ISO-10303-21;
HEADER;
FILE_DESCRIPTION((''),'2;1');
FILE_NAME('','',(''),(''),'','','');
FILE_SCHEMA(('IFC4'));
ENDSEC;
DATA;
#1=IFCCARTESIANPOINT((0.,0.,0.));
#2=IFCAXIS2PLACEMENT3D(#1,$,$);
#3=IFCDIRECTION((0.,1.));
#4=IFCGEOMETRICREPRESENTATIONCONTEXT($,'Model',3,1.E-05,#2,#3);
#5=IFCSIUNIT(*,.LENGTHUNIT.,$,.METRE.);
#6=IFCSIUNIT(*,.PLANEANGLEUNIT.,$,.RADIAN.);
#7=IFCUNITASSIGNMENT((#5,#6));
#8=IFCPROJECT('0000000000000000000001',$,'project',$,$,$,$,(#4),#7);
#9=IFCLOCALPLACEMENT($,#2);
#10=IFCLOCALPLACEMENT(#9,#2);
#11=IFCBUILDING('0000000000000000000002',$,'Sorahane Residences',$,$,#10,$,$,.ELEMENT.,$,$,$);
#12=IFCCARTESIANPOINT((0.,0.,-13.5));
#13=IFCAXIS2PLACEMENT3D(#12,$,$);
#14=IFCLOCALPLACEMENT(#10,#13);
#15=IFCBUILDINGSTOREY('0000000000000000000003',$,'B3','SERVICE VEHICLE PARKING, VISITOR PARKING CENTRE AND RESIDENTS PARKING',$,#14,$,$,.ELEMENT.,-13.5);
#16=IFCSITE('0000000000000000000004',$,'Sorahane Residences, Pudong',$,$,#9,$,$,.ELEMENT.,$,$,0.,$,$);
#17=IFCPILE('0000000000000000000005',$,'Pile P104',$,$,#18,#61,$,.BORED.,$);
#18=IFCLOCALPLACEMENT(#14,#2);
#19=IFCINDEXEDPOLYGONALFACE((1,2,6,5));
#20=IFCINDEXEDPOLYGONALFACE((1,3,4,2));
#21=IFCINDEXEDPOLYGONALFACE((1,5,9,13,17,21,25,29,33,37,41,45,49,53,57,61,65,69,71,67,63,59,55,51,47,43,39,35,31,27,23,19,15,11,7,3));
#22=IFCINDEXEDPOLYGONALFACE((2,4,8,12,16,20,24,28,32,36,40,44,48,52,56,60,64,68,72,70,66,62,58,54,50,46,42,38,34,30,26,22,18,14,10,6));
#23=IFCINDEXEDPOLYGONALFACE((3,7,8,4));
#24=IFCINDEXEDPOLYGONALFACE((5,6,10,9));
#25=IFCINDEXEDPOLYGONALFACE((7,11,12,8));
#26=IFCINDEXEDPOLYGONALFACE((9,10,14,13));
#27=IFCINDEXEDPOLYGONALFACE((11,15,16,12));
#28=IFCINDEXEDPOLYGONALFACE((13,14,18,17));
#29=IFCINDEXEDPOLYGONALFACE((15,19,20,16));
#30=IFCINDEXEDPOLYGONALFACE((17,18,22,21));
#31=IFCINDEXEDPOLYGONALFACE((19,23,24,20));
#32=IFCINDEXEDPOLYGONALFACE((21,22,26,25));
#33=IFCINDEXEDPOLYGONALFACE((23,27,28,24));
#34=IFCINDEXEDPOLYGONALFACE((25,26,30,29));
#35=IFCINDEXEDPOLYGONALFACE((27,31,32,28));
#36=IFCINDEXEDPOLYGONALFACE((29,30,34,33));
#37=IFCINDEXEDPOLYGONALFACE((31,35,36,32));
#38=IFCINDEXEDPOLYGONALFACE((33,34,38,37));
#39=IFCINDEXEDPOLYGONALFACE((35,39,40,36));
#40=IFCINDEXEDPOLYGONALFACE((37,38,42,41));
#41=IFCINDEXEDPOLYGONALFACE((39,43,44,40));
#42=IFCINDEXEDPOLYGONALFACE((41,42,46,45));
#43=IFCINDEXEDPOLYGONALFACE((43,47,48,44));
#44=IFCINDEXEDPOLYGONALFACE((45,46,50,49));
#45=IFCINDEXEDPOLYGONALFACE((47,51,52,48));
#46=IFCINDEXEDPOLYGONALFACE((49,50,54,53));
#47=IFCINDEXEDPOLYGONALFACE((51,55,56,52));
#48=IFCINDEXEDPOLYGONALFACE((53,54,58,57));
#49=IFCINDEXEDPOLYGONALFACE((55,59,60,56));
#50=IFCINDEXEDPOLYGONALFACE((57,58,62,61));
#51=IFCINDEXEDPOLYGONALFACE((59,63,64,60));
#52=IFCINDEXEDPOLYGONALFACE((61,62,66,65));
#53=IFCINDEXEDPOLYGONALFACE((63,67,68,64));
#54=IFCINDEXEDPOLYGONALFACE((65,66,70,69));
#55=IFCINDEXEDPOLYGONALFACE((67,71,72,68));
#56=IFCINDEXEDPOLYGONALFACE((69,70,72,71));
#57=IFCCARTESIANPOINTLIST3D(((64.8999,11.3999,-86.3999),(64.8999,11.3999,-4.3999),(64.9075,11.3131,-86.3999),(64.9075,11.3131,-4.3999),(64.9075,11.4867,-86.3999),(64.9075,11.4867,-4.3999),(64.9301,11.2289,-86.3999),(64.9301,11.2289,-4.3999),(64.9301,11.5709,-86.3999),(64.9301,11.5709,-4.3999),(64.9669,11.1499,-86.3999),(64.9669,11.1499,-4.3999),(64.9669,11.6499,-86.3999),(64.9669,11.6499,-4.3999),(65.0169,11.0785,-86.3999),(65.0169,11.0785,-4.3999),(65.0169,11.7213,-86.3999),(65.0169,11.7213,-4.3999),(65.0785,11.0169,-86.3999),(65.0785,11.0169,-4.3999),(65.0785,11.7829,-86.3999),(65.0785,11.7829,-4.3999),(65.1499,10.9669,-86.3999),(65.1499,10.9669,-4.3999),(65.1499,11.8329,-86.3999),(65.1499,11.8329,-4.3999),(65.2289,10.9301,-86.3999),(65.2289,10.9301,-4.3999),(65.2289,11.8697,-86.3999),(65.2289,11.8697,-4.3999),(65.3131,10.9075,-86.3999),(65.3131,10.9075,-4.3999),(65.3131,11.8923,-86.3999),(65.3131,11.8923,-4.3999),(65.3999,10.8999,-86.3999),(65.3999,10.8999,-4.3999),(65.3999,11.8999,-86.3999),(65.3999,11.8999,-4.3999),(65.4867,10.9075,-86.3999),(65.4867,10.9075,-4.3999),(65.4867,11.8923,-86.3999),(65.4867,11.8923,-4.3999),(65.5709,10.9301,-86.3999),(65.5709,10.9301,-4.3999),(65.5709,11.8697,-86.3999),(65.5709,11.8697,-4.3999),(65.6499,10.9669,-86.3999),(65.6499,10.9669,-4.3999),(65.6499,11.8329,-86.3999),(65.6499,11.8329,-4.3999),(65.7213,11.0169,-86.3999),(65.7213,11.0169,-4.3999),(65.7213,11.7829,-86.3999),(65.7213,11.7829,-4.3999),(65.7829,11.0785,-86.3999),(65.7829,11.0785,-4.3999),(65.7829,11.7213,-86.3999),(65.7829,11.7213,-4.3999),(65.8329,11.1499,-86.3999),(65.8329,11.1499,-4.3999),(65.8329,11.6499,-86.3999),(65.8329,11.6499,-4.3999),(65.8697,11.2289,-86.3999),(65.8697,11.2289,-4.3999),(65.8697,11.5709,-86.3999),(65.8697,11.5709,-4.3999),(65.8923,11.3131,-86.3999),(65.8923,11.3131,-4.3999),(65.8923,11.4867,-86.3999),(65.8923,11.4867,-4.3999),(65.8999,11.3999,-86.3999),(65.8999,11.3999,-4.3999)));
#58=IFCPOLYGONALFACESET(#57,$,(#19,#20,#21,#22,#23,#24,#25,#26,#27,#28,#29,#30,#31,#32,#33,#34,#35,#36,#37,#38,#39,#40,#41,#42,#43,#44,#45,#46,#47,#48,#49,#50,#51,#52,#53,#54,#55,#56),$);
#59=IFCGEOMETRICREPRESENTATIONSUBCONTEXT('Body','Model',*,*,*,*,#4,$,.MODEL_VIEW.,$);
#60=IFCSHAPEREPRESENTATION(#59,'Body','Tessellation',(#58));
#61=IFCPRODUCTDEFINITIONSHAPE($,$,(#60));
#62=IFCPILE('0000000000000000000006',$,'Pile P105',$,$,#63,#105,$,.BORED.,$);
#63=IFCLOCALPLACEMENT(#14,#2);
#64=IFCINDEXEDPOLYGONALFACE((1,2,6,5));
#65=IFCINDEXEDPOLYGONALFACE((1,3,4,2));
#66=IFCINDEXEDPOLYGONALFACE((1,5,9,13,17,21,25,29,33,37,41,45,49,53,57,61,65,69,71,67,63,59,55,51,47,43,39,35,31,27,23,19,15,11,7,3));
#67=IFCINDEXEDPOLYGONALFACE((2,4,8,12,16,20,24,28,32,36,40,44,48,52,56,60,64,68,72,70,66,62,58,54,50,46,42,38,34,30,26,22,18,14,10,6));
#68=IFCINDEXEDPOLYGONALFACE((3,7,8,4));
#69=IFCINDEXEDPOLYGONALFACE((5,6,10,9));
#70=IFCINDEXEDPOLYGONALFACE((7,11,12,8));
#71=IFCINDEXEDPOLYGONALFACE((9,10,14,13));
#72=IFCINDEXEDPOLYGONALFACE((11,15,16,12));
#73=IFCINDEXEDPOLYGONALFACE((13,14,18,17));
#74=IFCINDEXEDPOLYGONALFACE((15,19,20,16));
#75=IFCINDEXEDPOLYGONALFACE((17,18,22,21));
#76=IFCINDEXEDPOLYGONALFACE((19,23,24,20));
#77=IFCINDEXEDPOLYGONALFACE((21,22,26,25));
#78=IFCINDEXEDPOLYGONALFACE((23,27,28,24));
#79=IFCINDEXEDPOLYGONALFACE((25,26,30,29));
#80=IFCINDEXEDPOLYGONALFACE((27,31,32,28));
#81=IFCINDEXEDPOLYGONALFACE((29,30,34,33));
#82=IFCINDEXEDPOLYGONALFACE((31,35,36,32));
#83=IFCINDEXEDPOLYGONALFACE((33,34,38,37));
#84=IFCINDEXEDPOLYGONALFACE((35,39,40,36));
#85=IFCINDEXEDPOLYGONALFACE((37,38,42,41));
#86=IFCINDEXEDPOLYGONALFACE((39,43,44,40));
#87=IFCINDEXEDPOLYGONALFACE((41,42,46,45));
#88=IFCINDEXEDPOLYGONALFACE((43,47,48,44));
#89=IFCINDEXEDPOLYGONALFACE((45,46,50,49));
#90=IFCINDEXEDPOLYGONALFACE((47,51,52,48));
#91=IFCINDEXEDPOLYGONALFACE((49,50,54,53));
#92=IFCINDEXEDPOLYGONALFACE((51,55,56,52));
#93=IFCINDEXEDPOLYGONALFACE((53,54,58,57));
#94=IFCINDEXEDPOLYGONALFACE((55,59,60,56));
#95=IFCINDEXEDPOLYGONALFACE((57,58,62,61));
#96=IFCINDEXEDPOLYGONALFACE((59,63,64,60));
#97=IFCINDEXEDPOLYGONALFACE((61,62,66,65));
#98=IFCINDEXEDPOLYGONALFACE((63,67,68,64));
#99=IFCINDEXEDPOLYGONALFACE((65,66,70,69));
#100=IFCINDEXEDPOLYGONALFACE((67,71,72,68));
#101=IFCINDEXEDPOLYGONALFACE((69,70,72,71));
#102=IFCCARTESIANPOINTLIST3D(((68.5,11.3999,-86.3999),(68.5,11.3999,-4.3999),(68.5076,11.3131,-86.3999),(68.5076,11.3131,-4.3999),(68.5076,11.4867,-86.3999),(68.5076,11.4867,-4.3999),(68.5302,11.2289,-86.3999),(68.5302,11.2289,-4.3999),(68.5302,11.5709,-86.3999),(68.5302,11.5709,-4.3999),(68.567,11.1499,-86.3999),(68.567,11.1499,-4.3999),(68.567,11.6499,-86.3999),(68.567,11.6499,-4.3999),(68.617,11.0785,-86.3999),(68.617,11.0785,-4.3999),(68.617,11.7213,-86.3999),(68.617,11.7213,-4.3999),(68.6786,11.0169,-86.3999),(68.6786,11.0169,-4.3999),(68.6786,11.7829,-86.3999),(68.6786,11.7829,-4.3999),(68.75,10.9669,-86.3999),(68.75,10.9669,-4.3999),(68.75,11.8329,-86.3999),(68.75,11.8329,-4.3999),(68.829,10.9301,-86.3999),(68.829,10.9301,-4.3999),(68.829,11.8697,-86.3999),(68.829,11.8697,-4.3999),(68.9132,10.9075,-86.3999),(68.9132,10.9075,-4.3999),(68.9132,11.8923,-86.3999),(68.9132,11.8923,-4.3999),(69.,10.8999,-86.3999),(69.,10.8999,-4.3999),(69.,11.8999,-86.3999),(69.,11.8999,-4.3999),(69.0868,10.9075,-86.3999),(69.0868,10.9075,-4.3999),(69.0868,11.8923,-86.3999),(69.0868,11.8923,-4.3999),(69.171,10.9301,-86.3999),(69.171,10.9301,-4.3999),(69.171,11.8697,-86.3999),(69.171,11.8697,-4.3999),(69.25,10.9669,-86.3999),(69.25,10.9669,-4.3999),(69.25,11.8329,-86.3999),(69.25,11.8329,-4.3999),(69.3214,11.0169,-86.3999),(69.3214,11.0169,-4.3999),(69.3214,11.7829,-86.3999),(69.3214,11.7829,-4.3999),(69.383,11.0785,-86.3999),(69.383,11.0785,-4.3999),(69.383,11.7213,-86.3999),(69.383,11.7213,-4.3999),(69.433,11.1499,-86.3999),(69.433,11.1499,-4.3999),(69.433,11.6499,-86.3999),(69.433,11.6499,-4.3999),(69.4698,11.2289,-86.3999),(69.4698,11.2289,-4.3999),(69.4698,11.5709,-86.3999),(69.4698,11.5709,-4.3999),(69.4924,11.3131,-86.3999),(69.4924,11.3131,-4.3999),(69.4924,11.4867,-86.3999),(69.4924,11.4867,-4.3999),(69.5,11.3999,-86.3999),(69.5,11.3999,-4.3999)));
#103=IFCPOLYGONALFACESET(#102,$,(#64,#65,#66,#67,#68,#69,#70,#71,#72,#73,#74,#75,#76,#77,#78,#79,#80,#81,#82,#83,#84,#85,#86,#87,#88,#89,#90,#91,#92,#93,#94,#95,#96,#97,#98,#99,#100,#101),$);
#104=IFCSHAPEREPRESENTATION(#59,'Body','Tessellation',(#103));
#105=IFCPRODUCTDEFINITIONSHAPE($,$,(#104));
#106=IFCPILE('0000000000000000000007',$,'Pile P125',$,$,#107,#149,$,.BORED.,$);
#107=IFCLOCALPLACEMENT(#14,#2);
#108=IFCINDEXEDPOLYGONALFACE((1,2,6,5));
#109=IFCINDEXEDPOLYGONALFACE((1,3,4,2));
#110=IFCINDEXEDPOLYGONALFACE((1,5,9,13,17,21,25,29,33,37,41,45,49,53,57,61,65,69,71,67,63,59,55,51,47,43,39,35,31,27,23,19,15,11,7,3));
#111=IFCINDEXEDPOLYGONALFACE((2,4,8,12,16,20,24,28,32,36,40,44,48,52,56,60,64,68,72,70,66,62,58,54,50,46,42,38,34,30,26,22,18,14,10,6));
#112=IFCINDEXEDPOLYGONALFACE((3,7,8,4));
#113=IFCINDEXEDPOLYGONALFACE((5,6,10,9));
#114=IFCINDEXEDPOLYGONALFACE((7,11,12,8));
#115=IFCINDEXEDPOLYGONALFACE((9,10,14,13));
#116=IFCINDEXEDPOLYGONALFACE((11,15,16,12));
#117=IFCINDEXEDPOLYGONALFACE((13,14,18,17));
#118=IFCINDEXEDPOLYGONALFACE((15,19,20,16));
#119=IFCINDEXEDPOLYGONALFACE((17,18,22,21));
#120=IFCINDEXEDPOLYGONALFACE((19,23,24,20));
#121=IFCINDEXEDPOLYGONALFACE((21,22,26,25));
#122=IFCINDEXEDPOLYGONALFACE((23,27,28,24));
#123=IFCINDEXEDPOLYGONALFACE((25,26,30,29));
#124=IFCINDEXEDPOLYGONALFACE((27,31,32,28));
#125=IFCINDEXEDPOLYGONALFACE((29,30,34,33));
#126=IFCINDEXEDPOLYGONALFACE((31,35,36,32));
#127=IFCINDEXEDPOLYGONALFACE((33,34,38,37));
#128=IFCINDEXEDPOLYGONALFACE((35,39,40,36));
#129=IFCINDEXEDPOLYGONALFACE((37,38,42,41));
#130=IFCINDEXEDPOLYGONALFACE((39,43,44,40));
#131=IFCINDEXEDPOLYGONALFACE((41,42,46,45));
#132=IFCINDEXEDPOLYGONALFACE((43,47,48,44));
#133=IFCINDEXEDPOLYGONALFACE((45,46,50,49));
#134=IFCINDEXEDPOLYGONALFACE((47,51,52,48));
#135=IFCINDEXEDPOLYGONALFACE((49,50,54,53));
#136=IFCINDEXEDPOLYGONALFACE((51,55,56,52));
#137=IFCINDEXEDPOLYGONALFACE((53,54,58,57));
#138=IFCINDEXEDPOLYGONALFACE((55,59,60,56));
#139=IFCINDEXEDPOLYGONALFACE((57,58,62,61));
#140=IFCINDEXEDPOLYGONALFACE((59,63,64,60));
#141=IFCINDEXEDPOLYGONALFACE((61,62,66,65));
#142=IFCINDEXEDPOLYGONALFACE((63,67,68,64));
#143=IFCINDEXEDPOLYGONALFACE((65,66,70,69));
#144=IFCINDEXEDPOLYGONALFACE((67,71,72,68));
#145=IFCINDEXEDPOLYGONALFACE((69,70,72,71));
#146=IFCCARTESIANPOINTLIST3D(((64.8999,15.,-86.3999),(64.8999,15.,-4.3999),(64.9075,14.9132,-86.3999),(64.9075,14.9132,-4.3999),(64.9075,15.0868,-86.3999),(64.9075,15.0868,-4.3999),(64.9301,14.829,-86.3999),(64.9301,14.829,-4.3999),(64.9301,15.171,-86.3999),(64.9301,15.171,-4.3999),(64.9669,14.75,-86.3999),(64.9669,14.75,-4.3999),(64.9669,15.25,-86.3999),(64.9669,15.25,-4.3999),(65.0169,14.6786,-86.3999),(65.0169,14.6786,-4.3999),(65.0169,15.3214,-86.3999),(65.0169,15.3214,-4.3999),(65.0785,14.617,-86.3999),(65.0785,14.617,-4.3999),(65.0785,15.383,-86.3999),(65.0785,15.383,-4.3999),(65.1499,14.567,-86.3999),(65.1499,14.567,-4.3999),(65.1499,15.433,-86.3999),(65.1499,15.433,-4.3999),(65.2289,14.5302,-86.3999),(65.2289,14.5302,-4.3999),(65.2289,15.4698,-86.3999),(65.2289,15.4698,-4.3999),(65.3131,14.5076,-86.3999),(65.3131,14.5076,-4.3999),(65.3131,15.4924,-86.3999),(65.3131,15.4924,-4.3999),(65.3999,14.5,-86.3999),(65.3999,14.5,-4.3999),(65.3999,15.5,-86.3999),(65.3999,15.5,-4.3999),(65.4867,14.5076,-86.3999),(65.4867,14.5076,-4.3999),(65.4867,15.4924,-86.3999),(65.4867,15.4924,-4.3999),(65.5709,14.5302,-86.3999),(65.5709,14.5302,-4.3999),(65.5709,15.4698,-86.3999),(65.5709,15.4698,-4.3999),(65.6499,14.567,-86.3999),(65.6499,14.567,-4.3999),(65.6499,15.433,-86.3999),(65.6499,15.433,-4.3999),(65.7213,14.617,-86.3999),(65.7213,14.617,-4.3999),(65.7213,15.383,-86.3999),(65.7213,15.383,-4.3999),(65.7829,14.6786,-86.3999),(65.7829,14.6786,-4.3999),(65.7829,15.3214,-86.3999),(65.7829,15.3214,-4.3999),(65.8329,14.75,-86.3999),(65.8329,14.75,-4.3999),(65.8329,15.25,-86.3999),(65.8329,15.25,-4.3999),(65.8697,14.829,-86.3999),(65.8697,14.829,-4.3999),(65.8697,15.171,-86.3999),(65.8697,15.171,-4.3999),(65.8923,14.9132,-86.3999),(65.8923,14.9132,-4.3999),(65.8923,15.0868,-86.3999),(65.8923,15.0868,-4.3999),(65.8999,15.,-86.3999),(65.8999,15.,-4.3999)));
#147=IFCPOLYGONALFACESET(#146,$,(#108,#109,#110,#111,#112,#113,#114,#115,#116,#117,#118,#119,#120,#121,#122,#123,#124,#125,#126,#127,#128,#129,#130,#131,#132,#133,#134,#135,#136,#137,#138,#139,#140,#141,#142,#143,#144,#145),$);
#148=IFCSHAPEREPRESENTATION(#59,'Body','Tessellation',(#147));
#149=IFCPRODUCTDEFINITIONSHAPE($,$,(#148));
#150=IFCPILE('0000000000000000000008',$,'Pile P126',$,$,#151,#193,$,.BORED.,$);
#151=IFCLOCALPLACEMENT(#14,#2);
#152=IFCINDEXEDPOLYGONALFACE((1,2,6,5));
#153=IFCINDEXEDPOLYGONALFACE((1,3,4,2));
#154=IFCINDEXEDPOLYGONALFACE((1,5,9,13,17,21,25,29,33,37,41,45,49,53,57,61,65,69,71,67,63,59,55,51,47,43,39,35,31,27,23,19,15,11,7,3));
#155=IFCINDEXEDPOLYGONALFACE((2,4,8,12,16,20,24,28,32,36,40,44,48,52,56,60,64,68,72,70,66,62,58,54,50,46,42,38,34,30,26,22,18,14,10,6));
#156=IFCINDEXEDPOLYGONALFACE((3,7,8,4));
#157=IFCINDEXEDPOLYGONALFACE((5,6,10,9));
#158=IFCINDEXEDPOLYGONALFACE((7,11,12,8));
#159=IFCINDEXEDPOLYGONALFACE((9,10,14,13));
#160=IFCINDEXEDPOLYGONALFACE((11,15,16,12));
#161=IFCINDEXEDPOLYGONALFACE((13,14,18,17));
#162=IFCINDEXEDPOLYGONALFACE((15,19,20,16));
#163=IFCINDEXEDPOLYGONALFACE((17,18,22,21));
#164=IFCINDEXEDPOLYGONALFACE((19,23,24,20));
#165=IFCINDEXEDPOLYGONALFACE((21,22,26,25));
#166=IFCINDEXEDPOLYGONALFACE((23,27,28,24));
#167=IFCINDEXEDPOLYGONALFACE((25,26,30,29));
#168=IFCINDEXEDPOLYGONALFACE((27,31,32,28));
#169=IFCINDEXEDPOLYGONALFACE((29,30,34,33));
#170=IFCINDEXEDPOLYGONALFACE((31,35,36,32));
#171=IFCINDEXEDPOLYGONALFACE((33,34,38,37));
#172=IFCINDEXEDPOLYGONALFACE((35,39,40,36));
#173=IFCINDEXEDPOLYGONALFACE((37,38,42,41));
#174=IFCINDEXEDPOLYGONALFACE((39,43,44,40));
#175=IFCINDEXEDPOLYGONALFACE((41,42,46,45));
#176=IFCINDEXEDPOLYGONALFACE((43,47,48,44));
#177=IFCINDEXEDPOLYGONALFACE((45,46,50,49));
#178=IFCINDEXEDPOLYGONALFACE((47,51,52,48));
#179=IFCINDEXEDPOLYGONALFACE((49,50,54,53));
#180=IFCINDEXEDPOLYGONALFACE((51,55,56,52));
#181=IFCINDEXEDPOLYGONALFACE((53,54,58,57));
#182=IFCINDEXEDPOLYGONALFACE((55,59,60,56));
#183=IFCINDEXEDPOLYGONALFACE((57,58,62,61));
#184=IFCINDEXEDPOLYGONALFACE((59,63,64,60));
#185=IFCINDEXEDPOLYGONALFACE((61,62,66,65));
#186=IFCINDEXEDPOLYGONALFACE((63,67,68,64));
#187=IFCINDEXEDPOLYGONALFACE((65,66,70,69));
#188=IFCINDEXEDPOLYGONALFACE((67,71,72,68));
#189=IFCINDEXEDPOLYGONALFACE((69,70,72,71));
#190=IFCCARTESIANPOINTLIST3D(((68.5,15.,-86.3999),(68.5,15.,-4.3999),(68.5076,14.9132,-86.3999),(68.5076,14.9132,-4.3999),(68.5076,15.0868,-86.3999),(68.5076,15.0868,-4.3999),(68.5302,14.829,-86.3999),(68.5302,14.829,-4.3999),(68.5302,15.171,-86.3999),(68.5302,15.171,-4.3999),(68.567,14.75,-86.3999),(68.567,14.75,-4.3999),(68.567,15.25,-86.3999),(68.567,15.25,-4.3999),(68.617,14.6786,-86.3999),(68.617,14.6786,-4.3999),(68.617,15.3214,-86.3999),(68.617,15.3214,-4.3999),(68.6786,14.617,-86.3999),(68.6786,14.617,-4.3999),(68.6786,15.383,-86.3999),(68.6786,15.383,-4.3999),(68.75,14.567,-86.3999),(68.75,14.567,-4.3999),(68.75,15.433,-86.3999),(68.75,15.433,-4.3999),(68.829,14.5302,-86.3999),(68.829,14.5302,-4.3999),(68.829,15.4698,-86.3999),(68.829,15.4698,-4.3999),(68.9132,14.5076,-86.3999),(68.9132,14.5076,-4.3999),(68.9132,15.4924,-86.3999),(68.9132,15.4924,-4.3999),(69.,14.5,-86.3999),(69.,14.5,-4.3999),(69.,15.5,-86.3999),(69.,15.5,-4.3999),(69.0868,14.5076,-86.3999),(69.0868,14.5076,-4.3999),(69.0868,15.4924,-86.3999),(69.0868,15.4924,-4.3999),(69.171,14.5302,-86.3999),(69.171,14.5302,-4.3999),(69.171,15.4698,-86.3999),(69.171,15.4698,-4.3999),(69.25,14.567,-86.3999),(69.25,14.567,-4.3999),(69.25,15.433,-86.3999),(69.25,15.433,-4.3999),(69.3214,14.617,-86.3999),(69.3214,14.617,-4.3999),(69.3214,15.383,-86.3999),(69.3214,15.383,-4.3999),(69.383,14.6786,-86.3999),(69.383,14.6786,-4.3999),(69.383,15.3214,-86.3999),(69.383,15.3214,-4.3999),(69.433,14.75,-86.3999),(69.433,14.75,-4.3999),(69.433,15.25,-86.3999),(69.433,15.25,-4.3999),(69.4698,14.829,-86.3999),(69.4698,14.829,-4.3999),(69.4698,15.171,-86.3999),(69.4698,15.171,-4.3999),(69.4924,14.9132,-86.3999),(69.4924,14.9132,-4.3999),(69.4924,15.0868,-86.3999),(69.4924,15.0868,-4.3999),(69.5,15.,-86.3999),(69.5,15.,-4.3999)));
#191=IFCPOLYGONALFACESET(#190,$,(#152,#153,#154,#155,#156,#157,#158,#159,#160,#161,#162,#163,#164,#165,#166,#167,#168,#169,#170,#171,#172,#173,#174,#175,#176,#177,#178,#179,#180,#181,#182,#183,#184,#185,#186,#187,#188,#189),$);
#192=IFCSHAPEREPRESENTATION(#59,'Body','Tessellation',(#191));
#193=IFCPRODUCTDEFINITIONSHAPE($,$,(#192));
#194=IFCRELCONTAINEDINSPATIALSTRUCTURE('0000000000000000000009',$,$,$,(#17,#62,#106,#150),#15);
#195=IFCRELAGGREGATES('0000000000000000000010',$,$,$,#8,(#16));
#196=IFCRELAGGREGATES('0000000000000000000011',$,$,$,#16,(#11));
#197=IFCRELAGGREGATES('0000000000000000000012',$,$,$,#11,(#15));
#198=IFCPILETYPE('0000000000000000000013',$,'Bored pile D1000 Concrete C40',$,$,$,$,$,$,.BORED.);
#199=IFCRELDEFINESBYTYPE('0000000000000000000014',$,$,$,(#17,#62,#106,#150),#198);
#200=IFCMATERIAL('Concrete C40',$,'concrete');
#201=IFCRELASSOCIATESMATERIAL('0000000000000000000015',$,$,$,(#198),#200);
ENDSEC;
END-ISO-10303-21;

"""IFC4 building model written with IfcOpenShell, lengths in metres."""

from ifc_helpers import new_model, si_unit, direction, frame, origin, origin_2d, place, context, subcontext, project, spatial, circle, extrude, material, material_profile, profile_set, type_object, element, save


model = new_model("IFC4")

# Units and contexts
model_context = context("Model", 3, precision=1e-05, world=origin(), true_north=direction((0.0, 1.0)))
body_context = subcontext(model_context, "Body", "Model", "MODEL_VIEW")
ifc_project = project(units=[si_unit("LENGTHUNIT", "METRE"), si_unit("PLANEANGLEUNIT", "RADIAN")], contexts=[model_context])

# Site, building, storey
site_placement = place(None, origin())
site = spatial("IfcSite", under=ifc_project, at=site_placement, Name="Sorahane Residences, Pudong", CompositionType="ELEMENT", RefElevation=0.0)
building_placement = place(site_placement, origin())
building = spatial("IfcBuilding", under=site, at=building_placement, Name="Sorahane Residences", CompositionType="ELEMENT")
storey_placement = place(building_placement, frame((0.0, 0.0, -13.5)))
storey = spatial("IfcBuildingStorey", under=building, at=storey_placement, Name="B3", Description="SERVICE VEHICLE PARKING, VISITOR PARKING CENTRE AND RESIDENTS PARKING", CompositionType="ELEMENT", Elevation=-13.5)

# Piles
ifc_material_1 = material(Name="Concrete C40", Category="concrete")
ifc_material_profile_1 = material_profile(ifc_material_1, circle(Radius=0.5, at=origin_2d()), Name="D1000")
ifc_profile_set_1 = profile_set([ifc_material_profile_1], Name="Concrete C40")
pile_type = type_object("IfcPileType", Name="Bored pile D1000 Concrete C40", PredefinedType="BORED", material=ifc_profile_set_1)
for number, where, z_axis, x_axis, name in (
    (1, (65.3999, 11.3999, -4.3999), (0.0, 0.0, -1.0), (1.0, 0.0, 0.0), "Pile P104"),
    (2, (69.0, 11.3999, -4.3999), (0.0, 0.0, -1.0), (1.0, 0.0, 0.0), "Pile P105"),
    (3, (65.3999, 15.0, -4.3999), (0.0, 0.0, -1.0), (1.0, 0.0, 0.0), "Pile P125"),
    (4, (69.0, 15.0, -4.3999), (0.0, 0.0, -1.0), (1.0, 0.0, 0.0), "Pile P126"),
):
    element("IfcPile", number, at=place(storey_placement, frame(where, z_axis=z_axis, x_axis=x_axis)), inside=storey, type_object=pile_type, Name=name, PredefinedType="BORED", context=body_context, shape_type="SweptSolid", body=[
        extrude(circle(Radius=0.5, at=origin_2d()), origin(), (0.0, 0.0, 1.0), 82.0),
    ])

save(model, "model.ifc")
